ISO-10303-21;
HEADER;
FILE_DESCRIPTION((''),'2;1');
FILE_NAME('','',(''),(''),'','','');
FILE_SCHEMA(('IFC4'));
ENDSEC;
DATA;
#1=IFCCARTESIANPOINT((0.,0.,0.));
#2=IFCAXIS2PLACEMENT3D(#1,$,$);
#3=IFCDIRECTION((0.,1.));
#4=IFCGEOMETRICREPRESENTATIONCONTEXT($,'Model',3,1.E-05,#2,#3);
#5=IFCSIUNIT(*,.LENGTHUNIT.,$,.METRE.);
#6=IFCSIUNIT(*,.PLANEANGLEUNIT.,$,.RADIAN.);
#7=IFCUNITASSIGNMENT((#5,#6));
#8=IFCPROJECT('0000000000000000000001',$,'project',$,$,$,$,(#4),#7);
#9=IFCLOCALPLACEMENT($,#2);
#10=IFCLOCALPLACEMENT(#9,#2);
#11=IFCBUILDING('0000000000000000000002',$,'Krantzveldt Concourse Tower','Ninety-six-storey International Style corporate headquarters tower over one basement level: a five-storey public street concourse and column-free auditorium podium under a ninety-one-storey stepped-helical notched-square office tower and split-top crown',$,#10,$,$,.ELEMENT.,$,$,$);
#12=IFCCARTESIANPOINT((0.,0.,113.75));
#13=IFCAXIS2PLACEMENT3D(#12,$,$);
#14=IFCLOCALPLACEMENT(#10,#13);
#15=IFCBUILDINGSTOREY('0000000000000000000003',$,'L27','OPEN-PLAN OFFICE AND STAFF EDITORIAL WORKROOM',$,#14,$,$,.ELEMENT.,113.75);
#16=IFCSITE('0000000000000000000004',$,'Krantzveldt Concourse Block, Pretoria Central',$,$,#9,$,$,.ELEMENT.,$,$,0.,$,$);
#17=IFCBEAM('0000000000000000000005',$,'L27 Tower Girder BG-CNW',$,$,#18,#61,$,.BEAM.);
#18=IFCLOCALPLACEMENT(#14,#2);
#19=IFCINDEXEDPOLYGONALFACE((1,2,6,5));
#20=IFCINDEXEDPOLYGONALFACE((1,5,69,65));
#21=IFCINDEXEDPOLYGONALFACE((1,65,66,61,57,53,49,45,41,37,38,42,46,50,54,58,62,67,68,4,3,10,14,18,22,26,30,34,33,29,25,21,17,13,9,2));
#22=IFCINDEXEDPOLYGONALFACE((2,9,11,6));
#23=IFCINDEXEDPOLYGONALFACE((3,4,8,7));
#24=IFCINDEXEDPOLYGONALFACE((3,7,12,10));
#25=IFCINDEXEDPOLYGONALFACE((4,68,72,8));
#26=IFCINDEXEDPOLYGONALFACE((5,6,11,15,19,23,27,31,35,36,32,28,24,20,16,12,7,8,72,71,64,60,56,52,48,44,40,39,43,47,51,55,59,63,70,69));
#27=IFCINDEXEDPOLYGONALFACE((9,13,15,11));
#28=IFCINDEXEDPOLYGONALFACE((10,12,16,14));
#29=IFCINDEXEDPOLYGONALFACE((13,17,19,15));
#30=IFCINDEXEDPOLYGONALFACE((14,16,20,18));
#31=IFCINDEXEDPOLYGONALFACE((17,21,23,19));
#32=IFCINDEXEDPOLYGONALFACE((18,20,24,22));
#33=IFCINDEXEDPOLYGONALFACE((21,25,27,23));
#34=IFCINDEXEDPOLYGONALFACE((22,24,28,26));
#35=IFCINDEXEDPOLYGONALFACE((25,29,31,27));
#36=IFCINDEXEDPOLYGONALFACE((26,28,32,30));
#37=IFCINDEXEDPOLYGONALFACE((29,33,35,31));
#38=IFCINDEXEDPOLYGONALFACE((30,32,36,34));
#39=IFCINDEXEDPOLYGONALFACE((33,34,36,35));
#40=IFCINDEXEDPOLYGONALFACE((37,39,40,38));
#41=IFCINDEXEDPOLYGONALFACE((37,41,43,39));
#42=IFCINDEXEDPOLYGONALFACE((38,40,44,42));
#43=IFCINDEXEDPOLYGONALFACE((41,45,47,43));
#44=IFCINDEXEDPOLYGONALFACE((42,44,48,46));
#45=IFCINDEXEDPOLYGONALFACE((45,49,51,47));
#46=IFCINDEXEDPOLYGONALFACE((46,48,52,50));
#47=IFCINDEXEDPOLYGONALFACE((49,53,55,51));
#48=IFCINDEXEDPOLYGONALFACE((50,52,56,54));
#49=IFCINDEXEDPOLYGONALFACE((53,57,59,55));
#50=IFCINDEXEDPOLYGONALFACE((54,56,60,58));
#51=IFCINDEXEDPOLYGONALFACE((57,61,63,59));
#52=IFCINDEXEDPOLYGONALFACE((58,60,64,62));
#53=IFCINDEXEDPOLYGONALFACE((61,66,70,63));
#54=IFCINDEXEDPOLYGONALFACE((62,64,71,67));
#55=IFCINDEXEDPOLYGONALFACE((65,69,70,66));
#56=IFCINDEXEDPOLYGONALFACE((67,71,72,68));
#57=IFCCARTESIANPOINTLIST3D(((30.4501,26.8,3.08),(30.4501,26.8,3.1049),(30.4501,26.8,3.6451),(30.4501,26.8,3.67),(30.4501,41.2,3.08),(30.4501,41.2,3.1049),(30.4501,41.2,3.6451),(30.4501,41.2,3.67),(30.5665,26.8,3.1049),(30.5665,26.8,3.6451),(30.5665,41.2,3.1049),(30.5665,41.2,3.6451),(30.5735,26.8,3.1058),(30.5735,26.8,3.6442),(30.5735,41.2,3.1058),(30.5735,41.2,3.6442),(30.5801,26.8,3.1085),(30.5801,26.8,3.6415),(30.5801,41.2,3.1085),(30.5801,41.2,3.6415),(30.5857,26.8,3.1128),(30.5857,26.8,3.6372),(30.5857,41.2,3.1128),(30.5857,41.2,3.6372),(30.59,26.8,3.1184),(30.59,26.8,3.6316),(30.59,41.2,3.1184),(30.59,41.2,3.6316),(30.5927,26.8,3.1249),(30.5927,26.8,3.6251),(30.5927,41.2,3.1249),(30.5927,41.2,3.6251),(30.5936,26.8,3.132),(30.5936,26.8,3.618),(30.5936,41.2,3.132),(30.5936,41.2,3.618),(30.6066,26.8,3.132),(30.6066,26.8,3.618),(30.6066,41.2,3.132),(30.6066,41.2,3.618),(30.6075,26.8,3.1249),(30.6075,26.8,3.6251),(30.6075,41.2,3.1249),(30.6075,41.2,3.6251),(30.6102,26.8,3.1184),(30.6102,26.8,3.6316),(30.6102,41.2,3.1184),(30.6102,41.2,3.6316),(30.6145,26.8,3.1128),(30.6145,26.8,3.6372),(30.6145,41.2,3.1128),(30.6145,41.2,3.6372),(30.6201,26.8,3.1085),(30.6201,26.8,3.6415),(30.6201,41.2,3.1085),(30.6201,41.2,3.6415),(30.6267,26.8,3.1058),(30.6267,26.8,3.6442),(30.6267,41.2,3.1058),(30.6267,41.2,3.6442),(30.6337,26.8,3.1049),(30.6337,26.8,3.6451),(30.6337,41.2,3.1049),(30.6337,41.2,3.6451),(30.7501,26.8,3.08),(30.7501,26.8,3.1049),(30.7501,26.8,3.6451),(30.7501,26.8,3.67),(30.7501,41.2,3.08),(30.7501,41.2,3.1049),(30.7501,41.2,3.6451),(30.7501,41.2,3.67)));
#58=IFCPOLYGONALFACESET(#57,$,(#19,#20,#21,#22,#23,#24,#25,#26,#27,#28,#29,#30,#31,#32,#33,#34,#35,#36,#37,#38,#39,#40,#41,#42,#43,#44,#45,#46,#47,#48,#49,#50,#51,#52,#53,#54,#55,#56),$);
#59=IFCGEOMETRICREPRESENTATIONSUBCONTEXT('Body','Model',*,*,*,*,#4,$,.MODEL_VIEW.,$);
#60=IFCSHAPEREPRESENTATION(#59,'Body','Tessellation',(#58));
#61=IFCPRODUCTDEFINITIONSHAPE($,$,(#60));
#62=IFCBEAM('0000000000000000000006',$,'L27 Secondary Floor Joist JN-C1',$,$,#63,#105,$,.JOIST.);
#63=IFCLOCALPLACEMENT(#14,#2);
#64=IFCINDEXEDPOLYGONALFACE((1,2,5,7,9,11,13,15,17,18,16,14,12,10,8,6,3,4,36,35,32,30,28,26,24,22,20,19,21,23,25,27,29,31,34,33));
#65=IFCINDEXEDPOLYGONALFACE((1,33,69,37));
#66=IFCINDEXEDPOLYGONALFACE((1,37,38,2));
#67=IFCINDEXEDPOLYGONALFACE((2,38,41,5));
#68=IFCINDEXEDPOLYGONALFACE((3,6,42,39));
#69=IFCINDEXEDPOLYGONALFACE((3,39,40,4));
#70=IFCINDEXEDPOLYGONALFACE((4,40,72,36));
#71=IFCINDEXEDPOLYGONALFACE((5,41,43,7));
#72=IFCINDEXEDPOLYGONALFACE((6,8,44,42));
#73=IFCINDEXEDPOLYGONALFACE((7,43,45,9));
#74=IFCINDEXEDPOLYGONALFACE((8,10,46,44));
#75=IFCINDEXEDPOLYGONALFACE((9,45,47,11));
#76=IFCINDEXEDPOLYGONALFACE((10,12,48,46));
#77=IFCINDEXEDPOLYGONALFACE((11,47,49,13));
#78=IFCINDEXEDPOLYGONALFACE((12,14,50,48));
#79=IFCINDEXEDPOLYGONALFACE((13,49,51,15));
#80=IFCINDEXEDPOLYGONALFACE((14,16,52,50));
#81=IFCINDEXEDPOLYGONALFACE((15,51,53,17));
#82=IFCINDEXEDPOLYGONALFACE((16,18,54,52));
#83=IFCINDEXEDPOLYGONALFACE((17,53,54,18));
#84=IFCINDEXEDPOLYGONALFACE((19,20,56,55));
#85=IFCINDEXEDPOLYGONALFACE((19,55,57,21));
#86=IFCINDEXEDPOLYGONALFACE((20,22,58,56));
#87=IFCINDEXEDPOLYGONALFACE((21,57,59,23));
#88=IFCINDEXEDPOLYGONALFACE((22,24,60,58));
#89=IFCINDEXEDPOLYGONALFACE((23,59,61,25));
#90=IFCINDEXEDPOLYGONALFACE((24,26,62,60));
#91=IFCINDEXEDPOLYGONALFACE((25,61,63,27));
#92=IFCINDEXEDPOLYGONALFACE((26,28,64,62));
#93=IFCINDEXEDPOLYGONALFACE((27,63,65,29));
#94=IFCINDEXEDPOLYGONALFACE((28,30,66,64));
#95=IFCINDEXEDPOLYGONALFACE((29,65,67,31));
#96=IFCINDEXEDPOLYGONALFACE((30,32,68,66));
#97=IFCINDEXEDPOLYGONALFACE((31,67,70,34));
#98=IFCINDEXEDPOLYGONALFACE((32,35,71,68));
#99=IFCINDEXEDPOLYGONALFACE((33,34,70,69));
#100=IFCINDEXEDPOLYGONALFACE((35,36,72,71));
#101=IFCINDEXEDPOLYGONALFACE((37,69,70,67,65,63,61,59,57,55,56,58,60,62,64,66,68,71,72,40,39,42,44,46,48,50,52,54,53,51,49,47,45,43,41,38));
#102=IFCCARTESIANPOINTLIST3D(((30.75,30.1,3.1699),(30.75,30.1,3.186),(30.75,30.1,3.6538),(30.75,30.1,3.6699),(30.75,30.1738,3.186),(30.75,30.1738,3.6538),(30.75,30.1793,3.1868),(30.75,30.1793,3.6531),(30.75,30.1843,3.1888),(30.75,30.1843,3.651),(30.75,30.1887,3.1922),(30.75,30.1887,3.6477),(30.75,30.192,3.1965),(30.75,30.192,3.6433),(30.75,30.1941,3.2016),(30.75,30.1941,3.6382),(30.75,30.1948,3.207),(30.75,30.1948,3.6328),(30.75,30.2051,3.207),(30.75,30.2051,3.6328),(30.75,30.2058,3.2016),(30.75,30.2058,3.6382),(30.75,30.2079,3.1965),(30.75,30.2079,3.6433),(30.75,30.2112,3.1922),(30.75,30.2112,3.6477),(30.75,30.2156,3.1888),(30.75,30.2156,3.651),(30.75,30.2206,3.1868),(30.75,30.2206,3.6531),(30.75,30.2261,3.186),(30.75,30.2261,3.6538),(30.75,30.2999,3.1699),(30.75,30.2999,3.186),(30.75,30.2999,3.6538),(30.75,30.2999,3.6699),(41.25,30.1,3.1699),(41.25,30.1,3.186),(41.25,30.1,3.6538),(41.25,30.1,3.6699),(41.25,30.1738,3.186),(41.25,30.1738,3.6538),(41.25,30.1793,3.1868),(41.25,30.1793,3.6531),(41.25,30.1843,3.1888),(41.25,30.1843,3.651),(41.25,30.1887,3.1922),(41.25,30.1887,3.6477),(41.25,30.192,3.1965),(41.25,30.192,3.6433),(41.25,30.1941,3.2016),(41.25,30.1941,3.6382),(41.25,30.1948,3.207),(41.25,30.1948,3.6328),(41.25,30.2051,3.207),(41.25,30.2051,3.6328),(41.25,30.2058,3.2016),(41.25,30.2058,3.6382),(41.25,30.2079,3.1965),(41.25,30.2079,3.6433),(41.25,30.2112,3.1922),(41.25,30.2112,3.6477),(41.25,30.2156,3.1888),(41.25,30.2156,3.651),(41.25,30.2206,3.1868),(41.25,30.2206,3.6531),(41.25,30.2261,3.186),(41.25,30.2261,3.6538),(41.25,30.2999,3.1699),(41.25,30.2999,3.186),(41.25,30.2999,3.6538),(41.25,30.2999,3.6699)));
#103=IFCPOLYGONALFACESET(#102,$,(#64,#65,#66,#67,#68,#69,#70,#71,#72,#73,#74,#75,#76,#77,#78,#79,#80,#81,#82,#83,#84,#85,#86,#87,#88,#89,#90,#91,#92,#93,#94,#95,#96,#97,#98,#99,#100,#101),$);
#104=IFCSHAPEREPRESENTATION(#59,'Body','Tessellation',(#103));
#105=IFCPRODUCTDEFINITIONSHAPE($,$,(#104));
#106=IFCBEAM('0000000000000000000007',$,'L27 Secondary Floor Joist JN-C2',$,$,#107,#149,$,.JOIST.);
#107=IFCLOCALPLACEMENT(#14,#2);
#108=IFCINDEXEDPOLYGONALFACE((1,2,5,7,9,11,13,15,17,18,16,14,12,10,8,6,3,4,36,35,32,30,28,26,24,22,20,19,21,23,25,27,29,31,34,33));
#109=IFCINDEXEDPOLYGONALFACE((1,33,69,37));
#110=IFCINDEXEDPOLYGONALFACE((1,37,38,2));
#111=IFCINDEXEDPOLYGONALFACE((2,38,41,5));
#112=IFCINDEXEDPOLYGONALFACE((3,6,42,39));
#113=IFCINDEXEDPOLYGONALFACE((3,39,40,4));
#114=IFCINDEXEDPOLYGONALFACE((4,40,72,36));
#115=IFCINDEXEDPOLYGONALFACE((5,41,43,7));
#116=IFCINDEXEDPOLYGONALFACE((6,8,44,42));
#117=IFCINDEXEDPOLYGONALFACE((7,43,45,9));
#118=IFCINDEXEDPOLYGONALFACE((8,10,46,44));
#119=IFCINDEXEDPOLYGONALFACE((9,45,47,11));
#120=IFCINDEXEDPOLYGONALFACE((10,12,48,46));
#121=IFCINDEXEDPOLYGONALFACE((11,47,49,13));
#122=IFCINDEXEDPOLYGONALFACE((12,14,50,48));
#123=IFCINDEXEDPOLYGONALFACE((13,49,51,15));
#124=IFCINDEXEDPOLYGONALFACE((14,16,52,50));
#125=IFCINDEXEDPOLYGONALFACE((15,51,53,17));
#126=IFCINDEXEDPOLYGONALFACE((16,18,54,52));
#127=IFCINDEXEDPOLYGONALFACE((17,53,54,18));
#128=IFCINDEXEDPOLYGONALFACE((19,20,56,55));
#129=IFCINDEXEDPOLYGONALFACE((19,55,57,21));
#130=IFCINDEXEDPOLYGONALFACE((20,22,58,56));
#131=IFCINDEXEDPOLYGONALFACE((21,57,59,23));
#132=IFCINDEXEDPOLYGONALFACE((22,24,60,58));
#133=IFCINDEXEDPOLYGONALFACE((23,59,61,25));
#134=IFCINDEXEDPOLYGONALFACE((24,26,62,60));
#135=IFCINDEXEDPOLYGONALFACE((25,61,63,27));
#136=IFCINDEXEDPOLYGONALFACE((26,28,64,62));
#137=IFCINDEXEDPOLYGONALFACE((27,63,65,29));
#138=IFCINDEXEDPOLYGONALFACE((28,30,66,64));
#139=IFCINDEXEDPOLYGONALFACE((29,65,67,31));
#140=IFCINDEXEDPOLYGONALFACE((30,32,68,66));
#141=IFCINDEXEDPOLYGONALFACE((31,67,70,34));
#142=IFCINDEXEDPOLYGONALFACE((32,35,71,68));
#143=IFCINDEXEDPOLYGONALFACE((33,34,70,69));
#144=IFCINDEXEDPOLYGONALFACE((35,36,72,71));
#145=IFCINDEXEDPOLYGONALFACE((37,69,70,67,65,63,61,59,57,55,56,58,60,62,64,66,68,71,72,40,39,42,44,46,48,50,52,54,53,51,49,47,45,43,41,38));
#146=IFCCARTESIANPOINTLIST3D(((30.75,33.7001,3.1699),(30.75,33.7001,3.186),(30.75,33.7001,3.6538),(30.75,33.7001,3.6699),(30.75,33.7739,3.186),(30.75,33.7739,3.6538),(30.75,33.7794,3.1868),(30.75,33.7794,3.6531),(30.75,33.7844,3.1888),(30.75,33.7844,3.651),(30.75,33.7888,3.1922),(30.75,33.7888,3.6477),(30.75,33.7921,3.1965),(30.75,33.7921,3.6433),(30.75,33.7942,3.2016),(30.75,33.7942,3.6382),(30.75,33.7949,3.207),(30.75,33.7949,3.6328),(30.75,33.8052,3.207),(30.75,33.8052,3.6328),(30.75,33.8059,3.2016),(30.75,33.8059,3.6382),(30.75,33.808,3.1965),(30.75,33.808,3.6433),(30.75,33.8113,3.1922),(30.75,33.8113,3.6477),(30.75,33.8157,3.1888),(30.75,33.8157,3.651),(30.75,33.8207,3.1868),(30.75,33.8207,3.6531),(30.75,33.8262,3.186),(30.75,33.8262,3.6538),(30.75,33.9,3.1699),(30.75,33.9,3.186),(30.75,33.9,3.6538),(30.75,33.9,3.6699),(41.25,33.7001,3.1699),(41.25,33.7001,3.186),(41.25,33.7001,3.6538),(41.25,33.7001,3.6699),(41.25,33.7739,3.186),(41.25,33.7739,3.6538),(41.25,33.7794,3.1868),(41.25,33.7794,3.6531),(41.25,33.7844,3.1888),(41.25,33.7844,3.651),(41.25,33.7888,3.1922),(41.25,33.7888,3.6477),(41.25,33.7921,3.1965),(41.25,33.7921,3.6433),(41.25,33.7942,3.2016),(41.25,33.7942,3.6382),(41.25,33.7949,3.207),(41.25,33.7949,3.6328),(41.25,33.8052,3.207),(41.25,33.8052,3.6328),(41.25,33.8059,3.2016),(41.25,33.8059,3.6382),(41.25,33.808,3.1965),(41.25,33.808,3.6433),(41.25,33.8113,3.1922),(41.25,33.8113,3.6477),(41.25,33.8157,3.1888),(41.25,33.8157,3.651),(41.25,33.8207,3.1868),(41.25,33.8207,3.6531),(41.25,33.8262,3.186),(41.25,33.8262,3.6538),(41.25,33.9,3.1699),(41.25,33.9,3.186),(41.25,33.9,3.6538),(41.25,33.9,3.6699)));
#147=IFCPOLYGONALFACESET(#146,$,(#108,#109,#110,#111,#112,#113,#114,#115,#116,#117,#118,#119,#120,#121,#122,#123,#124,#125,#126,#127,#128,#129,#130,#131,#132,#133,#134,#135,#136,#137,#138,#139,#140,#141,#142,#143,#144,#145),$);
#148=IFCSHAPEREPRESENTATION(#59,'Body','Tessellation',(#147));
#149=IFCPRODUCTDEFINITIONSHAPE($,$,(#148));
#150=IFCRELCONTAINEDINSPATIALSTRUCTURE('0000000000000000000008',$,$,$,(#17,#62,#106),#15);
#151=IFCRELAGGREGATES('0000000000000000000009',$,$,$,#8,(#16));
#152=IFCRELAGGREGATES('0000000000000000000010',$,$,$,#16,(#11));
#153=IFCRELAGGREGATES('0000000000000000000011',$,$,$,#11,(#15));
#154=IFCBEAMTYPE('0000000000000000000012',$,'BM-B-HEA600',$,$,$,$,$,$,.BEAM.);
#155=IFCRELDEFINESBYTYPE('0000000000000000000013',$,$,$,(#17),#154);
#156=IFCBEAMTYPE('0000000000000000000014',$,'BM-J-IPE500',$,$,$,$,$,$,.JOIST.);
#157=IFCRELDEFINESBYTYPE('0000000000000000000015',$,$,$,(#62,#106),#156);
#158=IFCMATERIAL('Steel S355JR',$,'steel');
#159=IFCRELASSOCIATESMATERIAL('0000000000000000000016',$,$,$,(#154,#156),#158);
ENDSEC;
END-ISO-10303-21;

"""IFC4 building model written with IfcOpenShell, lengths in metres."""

from ifc_helpers import new_model, si_unit, direction, frame, origin, origin_2d, place, context, subcontext, project, spatial, i_section, extrude, source, transform, mapped, material, material_profile, profile_set, type_object, type_shapes, element, save


model = new_model("IFC4")

# Units and contexts
model_context = context("Model", 3, precision=1e-05, world=origin(), true_north=direction((0.0, 1.0)))
body_context = subcontext(model_context, "Body", "Model", "MODEL_VIEW")
ifc_project = project(units=[si_unit("LENGTHUNIT", "METRE"), si_unit("PLANEANGLEUNIT", "RADIAN")], contexts=[model_context])

# Site, building, storey
site_placement = place(None, origin())
site = spatial("IfcSite", under=ifc_project, at=site_placement, Name="Krantzveldt Concourse Block, Pretoria Central", CompositionType="ELEMENT", RefElevation=0.0)
building_placement = place(site_placement, origin())
building = spatial("IfcBuilding", under=site, at=building_placement, Name="Krantzveldt Concourse Tower", Description="Ninety-six-storey International Style corporate headquarters tower over one basement level: a five-storey public street concourse and column-free auditorium podium under a ninety-one-storey stepped-helical notched-square office tower and split-top crown", CompositionType="ELEMENT")
storey_placement = place(building_placement, frame((0.0, 0.0, 113.75)))
storey = spatial("IfcBuildingStorey", under=building, at=storey_placement, Name="L27", Description="OPEN-PLAN OFFICE AND STAFF EDITORIAL WORKROOM", CompositionType="ELEMENT", Elevation=113.75)

# Beams
ifc_material_1 = material(Name="Steel S355JR", Category="steel")
ifc_material_profile_1 = material_profile(ifc_material_1, i_section(OverallWidth=0.3, OverallDepth=0.5901, WebThickness=0.0129, FlangeThickness=0.0249, FilletRadius=0.0271, at=origin_2d()), Name="Steel S355JR", Category="steel")
ifc_profile_set_1 = profile_set([ifc_material_profile_1], Name="Steel S355JR - HEA 600")
beam_type_1 = type_object("IfcBeamType", Name="BM-B-HEA600", PredefinedType="BEAM", material=ifc_profile_set_1)
shared_shape_1 = source(origin(), body_context, "Body", "SweptSolid", [
    extrude(i_section(OverallWidth=0.3, OverallDepth=0.5901, WebThickness=0.0129, FlangeThickness=0.0249, FilletRadius=0.0271, at=origin_2d()), origin(), (0.0, 0.0, 1.0), 14.3999),
])
type_shapes(beam_type_1, [shared_shape_1])
beam_placement = place(storey_placement, frame((30.6001, 26.8, 3.375), z_axis=(0.0, 1.0, 0.0), x_axis=(-1.0, 0.0, 0.0)))
element("IfcBeam", 1, at=beam_placement, inside=storey, type_object=beam_type_1, Name="L27 Tower Girder BG-CNW", PredefinedType="BEAM", context=body_context, shape_type="MappedRepresentation", body=[
    mapped(shared_shape_1, transform((0.0, 0.0, 0.0), x_axis=(1.0, 0.0, 0.0), y_axis=(0.0, 1.0, 0.0), z_axis=(0.0, 0.0, 1.0), scale=1.0)),
])
ifc_material_profile_2 = material_profile(ifc_material_1, i_section(OverallWidth=0.2, OverallDepth=0.5, WebThickness=0.0103, FlangeThickness=0.0161, FilletRadius=0.021, at=origin_2d()), Name="Steel S355JR", Category="steel")
ifc_profile_set_2 = profile_set([ifc_material_profile_2], Name="Steel S355JR - IPE 500")
beam_type_2 = type_object("IfcBeamType", Name="BM-J-IPE500", PredefinedType="JOIST", material=ifc_profile_set_2)
shared_shape_2 = source(origin(), body_context, "Body", "SweptSolid", [
    extrude(i_section(OverallWidth=0.2, OverallDepth=0.5, WebThickness=0.0103, FlangeThickness=0.0161, FilletRadius=0.021, at=origin_2d()), origin(), (0.0, 0.0, 1.0), 10.5),
])
for number, where, z_axis, x_axis, name in (
    (2, (30.75, 30.2, 3.4199), (1.0, 0.0, 0.0), (0.0, 1.0, 0.0), "L27 Secondary Floor Joist JN-C1"),
    (3, (30.75, 33.8, 3.4199), (1.0, 0.0, 0.0), (0.0, 1.0, 0.0), "L27 Secondary Floor Joist JN-C2"),
):
    element("IfcBeam", number, at=place(storey_placement, frame(where, z_axis=z_axis, x_axis=x_axis)), inside=storey, type_object=beam_type_2, Name=name, PredefinedType="JOIST", context=body_context, shape_type="MappedRepresentation", body=[
        mapped(shared_shape_2, transform((0.0, 0.0, 0.0), x_axis=(1.0, 0.0, 0.0), y_axis=(0.0, 1.0, 0.0), z_axis=(0.0, 0.0, 1.0), scale=1.0)),
    ])

save(model, "model.ifc")
